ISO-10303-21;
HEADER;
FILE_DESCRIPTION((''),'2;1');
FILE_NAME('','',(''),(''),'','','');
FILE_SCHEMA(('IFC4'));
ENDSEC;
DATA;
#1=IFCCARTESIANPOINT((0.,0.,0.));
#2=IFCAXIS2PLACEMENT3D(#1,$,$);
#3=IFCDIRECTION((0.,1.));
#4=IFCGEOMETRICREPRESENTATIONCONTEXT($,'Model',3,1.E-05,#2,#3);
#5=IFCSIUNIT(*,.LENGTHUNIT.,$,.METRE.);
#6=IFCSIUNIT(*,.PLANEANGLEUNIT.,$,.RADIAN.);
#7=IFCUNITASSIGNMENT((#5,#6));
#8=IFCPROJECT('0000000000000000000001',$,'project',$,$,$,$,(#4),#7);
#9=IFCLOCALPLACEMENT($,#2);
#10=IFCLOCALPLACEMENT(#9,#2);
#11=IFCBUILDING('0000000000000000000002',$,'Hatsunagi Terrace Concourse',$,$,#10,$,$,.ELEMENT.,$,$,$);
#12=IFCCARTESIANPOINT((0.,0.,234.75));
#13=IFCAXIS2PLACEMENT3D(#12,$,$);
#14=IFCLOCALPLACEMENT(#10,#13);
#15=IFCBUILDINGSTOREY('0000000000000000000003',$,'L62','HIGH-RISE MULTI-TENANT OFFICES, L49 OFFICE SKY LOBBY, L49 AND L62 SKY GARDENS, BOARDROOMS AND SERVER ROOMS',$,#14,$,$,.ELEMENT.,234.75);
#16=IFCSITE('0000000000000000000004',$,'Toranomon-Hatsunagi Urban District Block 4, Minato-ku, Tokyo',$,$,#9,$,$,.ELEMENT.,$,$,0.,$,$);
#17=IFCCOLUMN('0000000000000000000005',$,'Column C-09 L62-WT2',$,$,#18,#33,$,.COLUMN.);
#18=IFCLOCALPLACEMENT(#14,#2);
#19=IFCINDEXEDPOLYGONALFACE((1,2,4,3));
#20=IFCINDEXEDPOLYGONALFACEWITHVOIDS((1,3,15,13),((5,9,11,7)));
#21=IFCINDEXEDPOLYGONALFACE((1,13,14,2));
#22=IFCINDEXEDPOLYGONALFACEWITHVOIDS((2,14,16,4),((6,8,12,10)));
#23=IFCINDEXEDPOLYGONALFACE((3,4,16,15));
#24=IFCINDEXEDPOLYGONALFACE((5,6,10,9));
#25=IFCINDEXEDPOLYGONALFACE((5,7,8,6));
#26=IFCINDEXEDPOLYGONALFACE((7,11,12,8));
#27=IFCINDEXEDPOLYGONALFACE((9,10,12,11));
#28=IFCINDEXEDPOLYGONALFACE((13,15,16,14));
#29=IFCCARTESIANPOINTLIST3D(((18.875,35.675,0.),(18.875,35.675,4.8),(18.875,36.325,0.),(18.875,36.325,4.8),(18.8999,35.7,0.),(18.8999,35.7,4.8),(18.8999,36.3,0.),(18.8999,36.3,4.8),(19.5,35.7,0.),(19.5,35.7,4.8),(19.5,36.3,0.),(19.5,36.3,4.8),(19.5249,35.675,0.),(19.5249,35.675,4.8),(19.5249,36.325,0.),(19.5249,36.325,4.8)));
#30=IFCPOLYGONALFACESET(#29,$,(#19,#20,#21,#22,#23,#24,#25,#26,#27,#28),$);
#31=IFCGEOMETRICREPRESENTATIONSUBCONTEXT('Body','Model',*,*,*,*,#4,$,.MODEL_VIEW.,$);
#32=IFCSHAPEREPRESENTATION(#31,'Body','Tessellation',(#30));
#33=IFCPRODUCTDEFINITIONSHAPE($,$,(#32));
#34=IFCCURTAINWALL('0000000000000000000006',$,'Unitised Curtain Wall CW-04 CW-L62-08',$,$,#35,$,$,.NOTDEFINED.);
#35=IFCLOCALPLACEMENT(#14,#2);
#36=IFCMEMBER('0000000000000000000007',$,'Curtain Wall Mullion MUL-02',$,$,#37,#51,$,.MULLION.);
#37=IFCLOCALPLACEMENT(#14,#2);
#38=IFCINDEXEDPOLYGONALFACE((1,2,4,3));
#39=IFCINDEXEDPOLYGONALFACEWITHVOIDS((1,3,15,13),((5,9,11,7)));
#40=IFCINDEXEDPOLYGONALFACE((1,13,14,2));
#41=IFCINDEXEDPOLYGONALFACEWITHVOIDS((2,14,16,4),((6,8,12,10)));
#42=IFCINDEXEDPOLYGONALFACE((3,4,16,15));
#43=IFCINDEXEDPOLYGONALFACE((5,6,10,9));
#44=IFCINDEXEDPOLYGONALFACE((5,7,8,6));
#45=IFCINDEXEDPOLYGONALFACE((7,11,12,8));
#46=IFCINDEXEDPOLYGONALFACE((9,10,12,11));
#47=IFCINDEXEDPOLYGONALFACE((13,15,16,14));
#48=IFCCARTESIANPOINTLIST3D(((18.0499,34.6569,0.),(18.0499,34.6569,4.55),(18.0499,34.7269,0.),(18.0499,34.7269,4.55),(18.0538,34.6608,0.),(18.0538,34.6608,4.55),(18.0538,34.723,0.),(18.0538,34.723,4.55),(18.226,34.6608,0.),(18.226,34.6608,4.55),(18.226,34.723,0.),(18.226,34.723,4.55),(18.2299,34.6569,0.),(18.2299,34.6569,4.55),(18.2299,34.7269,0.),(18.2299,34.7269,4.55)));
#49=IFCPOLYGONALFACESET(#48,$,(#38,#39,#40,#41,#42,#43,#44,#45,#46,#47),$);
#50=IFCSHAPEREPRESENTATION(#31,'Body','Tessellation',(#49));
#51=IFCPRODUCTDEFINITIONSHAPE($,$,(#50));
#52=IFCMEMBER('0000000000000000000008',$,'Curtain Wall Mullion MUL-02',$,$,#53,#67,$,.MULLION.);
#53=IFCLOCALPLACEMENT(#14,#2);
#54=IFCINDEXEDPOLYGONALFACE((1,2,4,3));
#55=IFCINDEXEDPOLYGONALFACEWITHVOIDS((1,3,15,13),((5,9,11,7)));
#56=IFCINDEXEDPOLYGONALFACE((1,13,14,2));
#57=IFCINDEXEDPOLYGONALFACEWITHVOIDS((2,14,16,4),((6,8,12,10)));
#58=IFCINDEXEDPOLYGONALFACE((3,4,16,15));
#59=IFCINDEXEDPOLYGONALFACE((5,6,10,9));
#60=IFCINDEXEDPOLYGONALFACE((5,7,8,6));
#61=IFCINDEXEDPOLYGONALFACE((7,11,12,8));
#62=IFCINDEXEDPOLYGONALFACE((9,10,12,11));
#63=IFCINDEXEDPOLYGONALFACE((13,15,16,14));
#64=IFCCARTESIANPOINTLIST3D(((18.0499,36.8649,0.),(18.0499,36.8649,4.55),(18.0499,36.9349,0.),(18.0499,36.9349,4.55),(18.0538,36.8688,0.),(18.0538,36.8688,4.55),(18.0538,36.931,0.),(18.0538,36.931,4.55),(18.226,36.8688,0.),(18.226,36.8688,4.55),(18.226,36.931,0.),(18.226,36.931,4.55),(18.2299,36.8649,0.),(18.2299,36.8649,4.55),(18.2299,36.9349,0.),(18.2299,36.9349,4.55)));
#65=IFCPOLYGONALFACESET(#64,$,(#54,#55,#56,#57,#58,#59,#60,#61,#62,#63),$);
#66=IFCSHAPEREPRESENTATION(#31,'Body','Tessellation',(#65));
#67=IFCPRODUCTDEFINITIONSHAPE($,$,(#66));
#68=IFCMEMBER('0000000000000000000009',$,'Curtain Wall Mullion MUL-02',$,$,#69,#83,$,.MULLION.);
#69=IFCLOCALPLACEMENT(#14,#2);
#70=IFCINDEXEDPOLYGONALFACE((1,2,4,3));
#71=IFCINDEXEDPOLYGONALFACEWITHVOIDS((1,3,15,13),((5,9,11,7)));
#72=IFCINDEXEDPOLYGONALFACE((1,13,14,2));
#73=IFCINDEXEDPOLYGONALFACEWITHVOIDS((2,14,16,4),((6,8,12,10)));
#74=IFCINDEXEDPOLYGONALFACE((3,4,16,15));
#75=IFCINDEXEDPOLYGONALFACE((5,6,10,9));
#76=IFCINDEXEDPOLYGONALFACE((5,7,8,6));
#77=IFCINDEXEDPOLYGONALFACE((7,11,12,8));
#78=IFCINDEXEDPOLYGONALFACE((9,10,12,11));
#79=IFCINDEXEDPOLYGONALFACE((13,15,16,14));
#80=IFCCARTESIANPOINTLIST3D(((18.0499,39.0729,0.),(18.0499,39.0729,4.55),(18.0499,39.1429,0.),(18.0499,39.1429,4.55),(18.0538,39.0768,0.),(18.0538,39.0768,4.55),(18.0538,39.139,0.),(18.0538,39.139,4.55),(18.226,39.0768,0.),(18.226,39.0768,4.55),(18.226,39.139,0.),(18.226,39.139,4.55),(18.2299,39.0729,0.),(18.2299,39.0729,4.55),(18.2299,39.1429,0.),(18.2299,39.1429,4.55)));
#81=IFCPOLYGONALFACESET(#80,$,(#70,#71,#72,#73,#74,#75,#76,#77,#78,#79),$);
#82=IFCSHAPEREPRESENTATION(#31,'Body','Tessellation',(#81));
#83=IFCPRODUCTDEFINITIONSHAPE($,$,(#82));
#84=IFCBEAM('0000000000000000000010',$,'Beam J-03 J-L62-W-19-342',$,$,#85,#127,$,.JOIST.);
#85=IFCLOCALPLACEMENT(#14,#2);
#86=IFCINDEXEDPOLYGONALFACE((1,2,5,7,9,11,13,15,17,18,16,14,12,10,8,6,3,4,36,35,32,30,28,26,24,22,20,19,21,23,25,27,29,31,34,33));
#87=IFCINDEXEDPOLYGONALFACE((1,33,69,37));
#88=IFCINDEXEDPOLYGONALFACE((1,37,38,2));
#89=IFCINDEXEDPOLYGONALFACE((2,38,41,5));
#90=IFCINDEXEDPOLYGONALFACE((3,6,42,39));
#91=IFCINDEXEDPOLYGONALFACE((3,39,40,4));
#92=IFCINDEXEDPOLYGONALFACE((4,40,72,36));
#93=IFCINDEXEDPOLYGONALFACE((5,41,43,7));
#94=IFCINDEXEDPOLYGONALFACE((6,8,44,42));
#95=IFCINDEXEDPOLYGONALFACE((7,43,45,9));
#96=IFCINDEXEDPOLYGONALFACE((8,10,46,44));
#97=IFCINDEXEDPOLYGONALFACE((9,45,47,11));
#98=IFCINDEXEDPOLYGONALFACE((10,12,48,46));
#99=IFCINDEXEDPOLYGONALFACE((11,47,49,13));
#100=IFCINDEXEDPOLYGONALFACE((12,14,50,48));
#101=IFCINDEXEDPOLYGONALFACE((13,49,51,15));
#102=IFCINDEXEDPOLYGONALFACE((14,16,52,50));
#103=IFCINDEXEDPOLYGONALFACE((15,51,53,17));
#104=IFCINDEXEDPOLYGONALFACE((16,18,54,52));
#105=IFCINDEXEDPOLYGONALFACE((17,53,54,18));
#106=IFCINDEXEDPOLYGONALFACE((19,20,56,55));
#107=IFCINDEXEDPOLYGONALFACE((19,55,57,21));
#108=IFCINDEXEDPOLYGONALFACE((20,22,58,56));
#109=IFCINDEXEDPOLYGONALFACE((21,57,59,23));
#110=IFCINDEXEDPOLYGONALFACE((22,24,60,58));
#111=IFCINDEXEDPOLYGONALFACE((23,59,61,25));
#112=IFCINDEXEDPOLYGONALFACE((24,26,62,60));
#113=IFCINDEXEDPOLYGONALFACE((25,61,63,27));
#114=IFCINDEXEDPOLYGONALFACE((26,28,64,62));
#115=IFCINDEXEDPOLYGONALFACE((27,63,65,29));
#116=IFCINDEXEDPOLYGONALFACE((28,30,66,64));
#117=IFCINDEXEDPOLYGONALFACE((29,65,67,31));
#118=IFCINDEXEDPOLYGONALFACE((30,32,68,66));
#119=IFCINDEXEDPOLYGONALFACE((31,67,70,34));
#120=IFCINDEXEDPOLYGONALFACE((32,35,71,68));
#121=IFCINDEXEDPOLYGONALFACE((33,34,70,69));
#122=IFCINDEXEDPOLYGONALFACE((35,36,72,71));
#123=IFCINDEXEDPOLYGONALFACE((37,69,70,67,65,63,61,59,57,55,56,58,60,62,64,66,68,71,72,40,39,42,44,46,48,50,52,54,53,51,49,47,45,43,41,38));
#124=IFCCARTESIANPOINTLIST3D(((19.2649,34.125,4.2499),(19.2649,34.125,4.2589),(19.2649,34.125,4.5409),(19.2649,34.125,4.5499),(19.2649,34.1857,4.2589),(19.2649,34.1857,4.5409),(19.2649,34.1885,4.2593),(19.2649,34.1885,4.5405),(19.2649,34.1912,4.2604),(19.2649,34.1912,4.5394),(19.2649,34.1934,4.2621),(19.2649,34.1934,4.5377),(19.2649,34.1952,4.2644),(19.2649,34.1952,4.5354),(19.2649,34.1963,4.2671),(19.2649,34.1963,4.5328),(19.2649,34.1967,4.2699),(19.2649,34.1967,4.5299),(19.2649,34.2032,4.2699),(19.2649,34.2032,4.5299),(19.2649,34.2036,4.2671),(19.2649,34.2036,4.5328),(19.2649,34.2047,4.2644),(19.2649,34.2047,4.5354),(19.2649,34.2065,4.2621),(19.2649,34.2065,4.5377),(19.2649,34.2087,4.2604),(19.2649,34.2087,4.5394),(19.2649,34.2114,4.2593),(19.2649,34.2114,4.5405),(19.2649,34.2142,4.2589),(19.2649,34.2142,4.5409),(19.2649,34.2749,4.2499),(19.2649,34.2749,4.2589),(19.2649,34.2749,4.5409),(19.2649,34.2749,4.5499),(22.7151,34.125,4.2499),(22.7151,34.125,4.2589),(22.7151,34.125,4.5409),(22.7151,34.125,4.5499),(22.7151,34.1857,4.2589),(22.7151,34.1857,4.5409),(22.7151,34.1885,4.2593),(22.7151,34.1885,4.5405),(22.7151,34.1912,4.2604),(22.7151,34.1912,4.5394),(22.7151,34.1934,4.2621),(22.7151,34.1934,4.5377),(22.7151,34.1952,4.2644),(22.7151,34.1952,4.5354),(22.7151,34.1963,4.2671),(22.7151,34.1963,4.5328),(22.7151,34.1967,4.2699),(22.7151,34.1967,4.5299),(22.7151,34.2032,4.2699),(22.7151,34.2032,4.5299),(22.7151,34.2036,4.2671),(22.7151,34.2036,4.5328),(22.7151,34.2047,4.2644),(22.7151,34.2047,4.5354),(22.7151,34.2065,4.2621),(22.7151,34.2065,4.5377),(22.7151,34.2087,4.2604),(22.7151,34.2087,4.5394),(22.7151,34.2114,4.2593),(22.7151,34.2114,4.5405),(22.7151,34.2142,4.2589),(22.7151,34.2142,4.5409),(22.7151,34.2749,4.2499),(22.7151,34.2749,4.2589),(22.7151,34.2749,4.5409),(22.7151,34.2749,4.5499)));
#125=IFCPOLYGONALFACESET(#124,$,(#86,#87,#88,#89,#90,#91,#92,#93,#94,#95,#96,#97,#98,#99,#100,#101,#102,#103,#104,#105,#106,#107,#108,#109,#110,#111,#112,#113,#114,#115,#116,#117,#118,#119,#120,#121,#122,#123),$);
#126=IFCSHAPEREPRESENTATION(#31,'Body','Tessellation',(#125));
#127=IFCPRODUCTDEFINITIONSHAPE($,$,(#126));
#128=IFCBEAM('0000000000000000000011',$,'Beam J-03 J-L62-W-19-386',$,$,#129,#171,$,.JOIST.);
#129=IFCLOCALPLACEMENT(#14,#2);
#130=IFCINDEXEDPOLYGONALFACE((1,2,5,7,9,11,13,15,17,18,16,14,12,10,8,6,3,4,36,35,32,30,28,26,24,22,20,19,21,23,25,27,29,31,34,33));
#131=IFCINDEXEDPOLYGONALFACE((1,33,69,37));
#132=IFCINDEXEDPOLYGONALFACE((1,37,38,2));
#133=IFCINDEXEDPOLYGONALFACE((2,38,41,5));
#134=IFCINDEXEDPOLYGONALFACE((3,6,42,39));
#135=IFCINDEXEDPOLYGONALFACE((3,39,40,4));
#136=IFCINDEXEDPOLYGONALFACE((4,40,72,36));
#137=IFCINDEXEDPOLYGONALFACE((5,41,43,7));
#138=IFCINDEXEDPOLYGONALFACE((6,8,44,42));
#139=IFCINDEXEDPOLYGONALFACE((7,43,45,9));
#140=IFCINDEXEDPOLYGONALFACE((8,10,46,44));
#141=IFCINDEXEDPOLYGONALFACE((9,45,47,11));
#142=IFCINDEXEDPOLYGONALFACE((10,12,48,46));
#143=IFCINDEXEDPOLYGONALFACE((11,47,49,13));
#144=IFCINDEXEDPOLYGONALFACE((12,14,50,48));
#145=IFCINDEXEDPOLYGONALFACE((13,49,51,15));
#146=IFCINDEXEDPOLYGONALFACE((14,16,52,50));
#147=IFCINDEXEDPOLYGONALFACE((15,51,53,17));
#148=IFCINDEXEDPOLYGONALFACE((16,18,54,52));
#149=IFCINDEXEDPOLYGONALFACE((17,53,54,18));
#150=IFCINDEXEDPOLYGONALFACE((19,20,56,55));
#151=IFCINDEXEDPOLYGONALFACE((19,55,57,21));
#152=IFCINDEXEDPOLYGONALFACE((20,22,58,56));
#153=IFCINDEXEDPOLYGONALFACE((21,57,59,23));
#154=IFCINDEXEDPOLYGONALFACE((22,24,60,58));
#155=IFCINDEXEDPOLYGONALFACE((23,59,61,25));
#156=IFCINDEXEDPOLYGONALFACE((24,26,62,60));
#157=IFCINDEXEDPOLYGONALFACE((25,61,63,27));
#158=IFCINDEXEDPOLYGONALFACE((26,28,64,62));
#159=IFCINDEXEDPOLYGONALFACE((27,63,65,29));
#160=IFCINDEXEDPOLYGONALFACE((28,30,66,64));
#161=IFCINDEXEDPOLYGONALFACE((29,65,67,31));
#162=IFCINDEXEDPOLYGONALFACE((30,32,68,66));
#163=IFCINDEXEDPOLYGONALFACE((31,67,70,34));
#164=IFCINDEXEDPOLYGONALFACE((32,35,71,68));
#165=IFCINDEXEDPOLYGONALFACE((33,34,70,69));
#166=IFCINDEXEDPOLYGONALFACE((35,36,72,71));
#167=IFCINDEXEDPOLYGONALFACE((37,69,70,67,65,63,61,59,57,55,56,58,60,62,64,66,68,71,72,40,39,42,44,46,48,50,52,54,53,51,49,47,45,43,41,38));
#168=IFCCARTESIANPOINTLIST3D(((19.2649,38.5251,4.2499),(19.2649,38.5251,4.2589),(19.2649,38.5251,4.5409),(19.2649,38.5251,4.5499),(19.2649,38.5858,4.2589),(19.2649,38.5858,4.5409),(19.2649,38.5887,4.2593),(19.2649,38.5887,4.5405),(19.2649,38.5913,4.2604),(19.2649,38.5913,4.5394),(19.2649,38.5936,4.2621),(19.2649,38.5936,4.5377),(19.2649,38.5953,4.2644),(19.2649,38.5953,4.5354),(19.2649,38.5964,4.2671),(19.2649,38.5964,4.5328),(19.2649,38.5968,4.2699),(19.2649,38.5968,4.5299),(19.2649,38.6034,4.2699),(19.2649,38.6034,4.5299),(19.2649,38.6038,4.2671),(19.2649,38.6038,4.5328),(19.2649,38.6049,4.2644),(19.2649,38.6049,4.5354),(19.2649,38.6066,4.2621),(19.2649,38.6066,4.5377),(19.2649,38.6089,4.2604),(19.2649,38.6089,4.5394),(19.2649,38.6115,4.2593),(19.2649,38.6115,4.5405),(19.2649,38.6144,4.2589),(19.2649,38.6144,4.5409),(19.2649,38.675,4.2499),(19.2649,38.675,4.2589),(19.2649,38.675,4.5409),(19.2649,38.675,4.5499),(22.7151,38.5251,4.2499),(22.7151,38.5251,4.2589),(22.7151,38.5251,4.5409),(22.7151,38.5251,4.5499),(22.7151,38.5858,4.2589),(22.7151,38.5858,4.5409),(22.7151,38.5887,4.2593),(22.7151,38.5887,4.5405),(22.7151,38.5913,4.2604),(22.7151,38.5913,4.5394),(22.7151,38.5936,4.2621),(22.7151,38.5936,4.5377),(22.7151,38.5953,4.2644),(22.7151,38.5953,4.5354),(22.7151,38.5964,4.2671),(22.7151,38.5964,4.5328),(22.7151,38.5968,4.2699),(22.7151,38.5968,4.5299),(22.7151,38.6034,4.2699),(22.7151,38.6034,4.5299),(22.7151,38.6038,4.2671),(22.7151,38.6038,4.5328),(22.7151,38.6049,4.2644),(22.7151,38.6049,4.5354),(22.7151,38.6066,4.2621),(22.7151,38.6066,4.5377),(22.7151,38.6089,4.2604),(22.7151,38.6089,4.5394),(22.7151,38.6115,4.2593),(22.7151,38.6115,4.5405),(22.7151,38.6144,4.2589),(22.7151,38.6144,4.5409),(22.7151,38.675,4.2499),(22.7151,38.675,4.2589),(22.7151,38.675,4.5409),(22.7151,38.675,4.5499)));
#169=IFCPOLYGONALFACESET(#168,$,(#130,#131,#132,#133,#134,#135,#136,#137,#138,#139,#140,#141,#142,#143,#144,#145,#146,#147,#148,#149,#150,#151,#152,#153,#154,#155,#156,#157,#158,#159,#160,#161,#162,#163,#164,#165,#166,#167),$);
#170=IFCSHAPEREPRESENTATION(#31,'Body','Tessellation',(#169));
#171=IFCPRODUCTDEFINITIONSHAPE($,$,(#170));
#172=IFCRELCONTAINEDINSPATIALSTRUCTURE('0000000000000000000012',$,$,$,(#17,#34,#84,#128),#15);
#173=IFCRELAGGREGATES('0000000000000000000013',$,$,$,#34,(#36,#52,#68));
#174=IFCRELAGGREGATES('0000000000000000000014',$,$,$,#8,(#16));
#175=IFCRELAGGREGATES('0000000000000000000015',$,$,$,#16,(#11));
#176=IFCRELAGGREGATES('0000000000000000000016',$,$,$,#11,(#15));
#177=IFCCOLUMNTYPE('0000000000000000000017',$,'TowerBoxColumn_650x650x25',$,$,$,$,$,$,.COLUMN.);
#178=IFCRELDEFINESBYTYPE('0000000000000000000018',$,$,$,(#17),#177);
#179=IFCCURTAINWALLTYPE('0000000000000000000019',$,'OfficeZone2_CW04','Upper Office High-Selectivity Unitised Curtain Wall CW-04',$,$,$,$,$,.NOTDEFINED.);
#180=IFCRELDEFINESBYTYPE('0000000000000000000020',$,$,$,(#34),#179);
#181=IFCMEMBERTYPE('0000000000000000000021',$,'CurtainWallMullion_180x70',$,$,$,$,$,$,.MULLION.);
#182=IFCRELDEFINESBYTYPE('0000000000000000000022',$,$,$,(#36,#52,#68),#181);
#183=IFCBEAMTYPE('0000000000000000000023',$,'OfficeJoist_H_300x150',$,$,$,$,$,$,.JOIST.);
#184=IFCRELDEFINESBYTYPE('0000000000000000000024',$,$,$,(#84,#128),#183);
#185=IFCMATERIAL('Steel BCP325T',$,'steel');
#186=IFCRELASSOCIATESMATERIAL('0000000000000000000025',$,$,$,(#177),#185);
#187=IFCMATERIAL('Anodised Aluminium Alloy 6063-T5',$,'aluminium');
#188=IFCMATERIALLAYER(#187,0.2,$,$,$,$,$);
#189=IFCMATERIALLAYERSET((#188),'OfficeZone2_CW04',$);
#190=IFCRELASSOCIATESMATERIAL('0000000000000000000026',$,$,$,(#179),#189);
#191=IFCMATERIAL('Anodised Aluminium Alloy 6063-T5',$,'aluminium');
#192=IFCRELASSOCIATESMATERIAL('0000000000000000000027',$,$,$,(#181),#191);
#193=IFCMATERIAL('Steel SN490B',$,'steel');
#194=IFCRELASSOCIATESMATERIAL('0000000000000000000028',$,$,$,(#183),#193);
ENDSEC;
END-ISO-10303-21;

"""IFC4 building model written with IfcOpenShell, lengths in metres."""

from ifc_helpers import new_model, si_unit, direction, frame, origin, origin_2d, place, context, subcontext, project, spatial, hollow_rectangle, i_section, extrude, material, layer, layer_set, material_profile, profile_set, type_object, element, aggregate, save


model = new_model("IFC4")

# Units and contexts
model_context = context("Model", 3, precision=1e-05, world=origin(), true_north=direction((0.0, 1.0)))
body_context = subcontext(model_context, "Body", "Model", "MODEL_VIEW")
ifc_project = project(units=[si_unit("LENGTHUNIT", "METRE"), si_unit("PLANEANGLEUNIT", "RADIAN")], contexts=[model_context])

# Site, building, storey
site_placement = place(None, origin())
site = spatial("IfcSite", under=ifc_project, at=site_placement, Name="Toranomon-Hatsunagi Urban District Block 4, Minato-ku, Tokyo", CompositionType="ELEMENT", RefElevation=0.0)
building_placement = place(site_placement, origin())
building = spatial("IfcBuilding", under=site, at=building_placement, Name="Hatsunagi Terrace Concourse", CompositionType="ELEMENT")
storey_placement = place(building_placement, frame((0.0, 0.0, 234.75)))
storey = spatial("IfcBuildingStorey", under=building, at=storey_placement, Name="L62", Description="HIGH-RISE MULTI-TENANT OFFICES, L49 OFFICE SKY LOBBY, L49 AND L62 SKY GARDENS, BOARDROOMS AND SERVER ROOMS", CompositionType="ELEMENT", Elevation=234.75)

# Column
ifc_material_1 = material(Name="Steel BCP325T", Category="steel")
ifc_material_profile_1 = material_profile(ifc_material_1, hollow_rectangle(XDim=0.6499, YDim=0.6499, WallThickness=0.0249, at=origin_2d()), Name="BCP-650x650x25")
ifc_profile_set_1 = profile_set([ifc_material_profile_1], Name="Steel BCP325T")
column_type = type_object("IfcColumnType", Name="TowerBoxColumn_650x650x25", PredefinedType="COLUMN", material=ifc_profile_set_1)
column_placement = place(storey_placement, frame((19.2, 36.0, 0.0), z_axis=(0.0, 0.0, 1.0), x_axis=(1.0, 0.0, 0.0)))
element("IfcColumn", 1, at=column_placement, inside=storey, type_object=column_type, Name="Column C-09 L62-WT2", PredefinedType="COLUMN", context=body_context, shape_type="SweptSolid", body=[
    extrude(hollow_rectangle(XDim=0.6499, YDim=0.6499, WallThickness=0.0249, at=origin_2d()), origin(), (0.0, 0.0, 1.0), 4.8),
])

# Curtain wall, members
ifc_material_2 = material(Name="Anodised Aluminium Alloy 6063-T5", Category="aluminium")
ifc_layer_1 = layer(ifc_material_2, 0.2)
ifc_layer_set_1 = layer_set([ifc_layer_1], Name="OfficeZone2_CW04")
curtain_wall_type = type_object("IfcCurtainWallType", Name="OfficeZone2_CW04", Description="Upper Office High-Selectivity Unitised Curtain Wall CW-04", PredefinedType="NOTDEFINED", material=ifc_layer_set_1)
curtain_wall_placement = place(storey_placement, origin())
curtain_wall = element("IfcCurtainWall", 2, at=curtain_wall_placement, inside=storey, type_object=curtain_wall_type, Name="Unitised Curtain Wall CW-04 CW-L62-08", PredefinedType="NOTDEFINED")
ifc_material_3 = material(Name="Anodised Aluminium Alloy 6063-T5", Category="aluminium")
ifc_material_profile_2 = material_profile(ifc_material_3, hollow_rectangle(XDim=0.0701, YDim=0.1799, WallThickness=0.0039, at=origin_2d()), Name="ALU-MUL-180x70x4")
ifc_profile_set_2 = profile_set([ifc_material_profile_2], Name="Anodised Aluminium Alloy 6063-T5")
member_type = type_object("IfcMemberType", Name="CurtainWallMullion_180x70", PredefinedType="MULLION", material=ifc_profile_set_2)
member_1_placement = place(storey_placement, frame((18.1399, 34.6919, 0.0), z_axis=(0.0, 0.0, 1.0), x_axis=(0.0, 1.0, 0.0)))
member_1 = element("IfcMember", 3, at=member_1_placement, type_object=member_type, Name="Curtain Wall Mullion MUL-02", PredefinedType="MULLION", context=body_context, shape_type="SweptSolid", body=[
    extrude(hollow_rectangle(XDim=0.0701, YDim=0.1799, WallThickness=0.0039, at=origin_2d()), origin(), (0.0, 0.0, 1.0), 4.55),
])
member_2_placement = place(storey_placement, frame((18.1399, 36.8999, 0.0), z_axis=(0.0, 0.0, 1.0), x_axis=(0.0, 1.0, 0.0)))
member_2 = element("IfcMember", 4, at=member_2_placement, type_object=member_type, Name="Curtain Wall Mullion MUL-02", PredefinedType="MULLION", context=body_context, shape_type="SweptSolid", body=[
    extrude(hollow_rectangle(XDim=0.0701, YDim=0.1799, WallThickness=0.0039, at=origin_2d()), origin(), (0.0, 0.0, 1.0), 4.55),
])
member_3_placement = place(storey_placement, frame((18.1399, 39.1079, 0.0), z_axis=(0.0, 0.0, 1.0), x_axis=(0.0, 1.0, 0.0)))
member_3 = element("IfcMember", 5, at=member_3_placement, type_object=member_type, Name="Curtain Wall Mullion MUL-02", PredefinedType="MULLION", context=body_context, shape_type="SweptSolid", body=[
    extrude(hollow_rectangle(XDim=0.0701, YDim=0.1799, WallThickness=0.0039, at=origin_2d()), origin(), (0.0, 0.0, 1.0), 4.55),
])

# Beams
ifc_material_4 = material(Name="Steel SN490B", Category="steel")
ifc_material_profile_3 = material_profile(ifc_material_4, i_section(OverallWidth=0.1499, OverallDepth=0.3, WebThickness=0.0066, FlangeThickness=0.009, FilletRadius=0.011, at=origin_2d()), Name="H-300x150x6.5x9")
ifc_profile_set_3 = profile_set([ifc_material_profile_3], Name="Steel SN490B")
beam_type_1 = type_object("IfcBeamType", Name="OfficeJoist_H_300x150", PredefinedType="JOIST", material=ifc_profile_set_3)
for number, where, z_axis, x_axis, name in (
    (6, (19.2649, 34.2, 4.3999), (1.0, 0.0, 0.0), (0.0, 1.0, 0.0), "Beam J-03 J-L62-W-19-342"),
    (7, (19.2649, 38.6001, 4.3999), (1.0, 0.0, 0.0), (0.0, 1.0, 0.0), "Beam J-03 J-L62-W-19-386"),
):
    element("IfcBeam", number, at=place(storey_placement, frame(where, z_axis=z_axis, x_axis=x_axis)), inside=storey, type_object=beam_type_1, Name=name, PredefinedType="JOIST", context=body_context, shape_type="SweptSolid", body=[
        extrude(i_section(OverallWidth=0.1499, OverallDepth=0.3, WebThickness=0.0066, FlangeThickness=0.009, FilletRadius=0.011, at=origin_2d()), origin(), (0.0, 0.0, 1.0), 3.4502),
    ])

aggregate(curtain_wall, [member_1, member_2, member_3])

save(model, "model.ifc")
